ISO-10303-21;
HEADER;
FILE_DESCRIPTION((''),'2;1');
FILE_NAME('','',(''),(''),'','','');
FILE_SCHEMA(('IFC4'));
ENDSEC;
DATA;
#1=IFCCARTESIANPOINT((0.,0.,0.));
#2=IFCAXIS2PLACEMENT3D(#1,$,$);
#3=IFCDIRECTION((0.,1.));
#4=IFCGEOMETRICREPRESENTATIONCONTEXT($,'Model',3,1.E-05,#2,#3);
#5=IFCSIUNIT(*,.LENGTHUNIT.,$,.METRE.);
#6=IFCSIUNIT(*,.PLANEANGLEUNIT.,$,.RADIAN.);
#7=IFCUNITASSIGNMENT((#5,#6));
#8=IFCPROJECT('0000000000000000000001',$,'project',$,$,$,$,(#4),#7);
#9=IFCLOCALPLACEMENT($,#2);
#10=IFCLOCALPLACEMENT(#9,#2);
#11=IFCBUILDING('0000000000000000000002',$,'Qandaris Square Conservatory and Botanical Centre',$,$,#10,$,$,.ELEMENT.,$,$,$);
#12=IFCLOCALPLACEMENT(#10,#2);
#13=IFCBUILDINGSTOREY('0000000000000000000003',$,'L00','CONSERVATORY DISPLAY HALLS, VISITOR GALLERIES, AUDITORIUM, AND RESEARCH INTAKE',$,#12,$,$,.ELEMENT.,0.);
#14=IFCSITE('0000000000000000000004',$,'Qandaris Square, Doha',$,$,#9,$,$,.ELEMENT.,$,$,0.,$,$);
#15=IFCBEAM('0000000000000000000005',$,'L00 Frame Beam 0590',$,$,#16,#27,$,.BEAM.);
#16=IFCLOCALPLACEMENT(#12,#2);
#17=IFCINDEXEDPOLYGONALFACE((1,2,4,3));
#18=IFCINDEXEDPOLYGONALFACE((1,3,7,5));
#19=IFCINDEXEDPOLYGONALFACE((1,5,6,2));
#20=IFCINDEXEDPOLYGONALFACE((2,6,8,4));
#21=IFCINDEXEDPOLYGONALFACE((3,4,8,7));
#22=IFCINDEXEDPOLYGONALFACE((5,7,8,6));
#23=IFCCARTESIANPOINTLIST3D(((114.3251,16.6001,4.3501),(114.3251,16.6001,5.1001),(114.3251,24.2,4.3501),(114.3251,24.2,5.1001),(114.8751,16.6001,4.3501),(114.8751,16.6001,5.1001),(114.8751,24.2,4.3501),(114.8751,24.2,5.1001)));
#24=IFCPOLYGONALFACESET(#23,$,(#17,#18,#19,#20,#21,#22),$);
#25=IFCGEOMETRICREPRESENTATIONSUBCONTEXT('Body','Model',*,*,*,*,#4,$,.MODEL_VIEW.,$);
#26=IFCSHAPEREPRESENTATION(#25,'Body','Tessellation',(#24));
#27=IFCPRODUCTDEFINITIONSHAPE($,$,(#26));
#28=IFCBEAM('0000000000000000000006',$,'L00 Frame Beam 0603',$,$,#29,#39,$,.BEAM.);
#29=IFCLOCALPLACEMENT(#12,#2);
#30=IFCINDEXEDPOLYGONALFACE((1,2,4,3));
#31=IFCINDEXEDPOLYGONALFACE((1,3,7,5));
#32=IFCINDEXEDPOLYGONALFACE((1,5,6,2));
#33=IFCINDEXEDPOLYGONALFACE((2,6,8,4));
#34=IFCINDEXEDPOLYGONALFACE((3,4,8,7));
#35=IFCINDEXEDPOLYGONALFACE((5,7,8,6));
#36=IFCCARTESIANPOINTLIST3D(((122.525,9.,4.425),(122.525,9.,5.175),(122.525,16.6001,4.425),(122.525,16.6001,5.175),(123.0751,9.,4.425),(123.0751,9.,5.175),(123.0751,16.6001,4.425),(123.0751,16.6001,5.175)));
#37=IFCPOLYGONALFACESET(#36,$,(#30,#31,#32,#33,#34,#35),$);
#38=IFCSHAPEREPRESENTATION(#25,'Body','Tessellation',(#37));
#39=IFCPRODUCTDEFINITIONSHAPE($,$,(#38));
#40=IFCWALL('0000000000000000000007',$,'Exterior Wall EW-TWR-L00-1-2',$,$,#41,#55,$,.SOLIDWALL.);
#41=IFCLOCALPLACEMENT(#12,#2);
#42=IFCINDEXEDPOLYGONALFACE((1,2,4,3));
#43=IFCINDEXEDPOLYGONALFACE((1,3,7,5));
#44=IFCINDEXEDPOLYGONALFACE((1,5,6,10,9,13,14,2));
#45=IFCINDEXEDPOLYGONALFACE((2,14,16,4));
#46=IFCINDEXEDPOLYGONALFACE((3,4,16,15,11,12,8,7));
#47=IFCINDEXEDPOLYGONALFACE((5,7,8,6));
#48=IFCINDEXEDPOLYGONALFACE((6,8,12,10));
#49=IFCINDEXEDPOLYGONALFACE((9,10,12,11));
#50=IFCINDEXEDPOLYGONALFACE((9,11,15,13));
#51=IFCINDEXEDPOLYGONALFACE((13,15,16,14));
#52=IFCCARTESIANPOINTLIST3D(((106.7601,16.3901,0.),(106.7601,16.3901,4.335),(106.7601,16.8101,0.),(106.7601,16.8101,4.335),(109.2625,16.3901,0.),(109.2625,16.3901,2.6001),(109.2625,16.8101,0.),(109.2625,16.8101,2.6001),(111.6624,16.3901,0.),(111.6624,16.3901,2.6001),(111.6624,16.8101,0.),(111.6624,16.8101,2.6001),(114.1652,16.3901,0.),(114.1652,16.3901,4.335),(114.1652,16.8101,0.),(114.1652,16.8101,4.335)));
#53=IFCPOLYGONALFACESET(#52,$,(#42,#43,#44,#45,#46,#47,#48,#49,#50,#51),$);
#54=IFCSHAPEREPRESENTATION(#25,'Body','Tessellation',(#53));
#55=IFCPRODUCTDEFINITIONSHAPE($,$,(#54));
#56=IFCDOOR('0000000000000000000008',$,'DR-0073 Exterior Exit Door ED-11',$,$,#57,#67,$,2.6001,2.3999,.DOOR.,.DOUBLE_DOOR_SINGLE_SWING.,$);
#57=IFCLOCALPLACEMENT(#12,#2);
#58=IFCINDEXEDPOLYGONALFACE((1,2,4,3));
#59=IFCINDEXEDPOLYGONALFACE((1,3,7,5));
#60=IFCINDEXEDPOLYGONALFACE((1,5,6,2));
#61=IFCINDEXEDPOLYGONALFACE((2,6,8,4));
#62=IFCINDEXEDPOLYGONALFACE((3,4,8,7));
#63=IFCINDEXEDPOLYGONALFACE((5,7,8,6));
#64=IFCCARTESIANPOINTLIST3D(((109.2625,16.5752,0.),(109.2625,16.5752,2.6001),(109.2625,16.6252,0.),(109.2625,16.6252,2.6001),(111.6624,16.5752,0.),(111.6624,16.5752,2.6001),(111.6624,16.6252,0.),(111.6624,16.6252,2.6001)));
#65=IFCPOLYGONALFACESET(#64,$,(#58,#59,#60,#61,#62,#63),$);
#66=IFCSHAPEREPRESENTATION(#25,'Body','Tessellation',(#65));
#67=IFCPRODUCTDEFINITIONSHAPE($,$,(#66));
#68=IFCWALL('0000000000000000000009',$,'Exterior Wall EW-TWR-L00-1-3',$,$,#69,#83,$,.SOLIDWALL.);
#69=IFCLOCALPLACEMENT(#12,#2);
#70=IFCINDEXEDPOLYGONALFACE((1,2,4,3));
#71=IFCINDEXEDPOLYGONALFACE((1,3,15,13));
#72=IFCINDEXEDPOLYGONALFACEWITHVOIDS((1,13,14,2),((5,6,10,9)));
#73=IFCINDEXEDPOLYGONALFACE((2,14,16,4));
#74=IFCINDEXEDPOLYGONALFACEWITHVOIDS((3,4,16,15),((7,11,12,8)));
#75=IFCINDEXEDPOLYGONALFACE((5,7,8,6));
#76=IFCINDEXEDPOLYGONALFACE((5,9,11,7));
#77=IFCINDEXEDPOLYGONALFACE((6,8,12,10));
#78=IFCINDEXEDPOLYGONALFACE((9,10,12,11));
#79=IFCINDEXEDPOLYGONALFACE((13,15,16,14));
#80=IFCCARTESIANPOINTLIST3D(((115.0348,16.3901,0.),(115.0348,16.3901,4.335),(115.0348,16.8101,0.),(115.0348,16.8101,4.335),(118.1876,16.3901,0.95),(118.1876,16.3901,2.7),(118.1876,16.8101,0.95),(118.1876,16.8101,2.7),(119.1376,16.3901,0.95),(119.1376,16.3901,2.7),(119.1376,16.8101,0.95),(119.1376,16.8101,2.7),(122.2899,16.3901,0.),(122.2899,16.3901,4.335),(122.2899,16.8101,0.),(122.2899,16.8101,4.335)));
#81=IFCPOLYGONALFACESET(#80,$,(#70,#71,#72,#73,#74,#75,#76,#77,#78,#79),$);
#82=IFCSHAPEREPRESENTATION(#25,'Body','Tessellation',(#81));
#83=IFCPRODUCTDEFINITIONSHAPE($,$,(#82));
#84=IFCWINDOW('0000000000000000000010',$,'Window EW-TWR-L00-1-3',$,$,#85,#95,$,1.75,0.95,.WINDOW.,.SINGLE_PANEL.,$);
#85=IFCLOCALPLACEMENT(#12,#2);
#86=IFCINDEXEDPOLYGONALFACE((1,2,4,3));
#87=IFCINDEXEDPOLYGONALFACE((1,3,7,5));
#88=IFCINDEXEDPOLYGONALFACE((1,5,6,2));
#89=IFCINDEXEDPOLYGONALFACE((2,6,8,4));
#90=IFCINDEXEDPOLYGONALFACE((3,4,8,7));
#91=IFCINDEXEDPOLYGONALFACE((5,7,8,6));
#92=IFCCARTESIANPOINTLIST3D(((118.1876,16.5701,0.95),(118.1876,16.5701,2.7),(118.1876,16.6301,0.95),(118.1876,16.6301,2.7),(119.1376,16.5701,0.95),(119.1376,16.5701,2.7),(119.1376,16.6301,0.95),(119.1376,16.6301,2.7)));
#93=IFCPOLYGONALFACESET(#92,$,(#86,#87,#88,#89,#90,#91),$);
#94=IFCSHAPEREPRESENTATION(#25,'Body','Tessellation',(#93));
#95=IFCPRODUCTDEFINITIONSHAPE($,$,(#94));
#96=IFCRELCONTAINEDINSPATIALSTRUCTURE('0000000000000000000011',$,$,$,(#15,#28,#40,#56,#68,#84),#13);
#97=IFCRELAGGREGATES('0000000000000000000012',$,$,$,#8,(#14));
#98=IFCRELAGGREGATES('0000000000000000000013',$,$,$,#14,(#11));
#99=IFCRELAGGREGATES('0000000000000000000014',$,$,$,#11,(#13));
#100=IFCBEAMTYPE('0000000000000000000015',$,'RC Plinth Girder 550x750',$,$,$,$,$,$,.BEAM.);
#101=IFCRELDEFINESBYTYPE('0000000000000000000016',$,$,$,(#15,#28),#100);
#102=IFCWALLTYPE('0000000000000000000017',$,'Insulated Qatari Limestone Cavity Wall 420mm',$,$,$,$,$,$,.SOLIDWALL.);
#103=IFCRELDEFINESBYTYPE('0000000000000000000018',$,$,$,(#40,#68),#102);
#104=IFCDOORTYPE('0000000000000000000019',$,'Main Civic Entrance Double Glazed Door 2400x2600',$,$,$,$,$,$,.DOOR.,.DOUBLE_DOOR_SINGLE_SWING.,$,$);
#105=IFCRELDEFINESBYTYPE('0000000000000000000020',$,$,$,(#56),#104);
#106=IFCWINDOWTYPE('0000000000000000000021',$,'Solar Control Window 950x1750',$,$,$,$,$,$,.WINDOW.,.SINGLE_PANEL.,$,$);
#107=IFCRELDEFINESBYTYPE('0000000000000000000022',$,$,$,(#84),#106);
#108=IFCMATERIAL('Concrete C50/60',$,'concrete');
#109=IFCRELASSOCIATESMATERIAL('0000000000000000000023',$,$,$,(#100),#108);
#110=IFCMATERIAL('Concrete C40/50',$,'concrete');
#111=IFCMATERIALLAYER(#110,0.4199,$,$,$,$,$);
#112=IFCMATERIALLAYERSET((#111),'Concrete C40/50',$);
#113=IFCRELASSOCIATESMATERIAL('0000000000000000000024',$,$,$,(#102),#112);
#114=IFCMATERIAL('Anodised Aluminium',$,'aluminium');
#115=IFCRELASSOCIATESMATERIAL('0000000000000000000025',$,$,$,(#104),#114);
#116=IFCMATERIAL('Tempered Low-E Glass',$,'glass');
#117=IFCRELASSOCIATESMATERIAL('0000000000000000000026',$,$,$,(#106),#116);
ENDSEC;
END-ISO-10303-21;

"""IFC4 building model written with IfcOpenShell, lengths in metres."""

from ifc_helpers import new_model, si_unit, direction, frame, frame_2d, origin, origin_2d, place, context, subcontext, project, spatial, rectangle, extrude, material, layer, layer_set, material_profile, profile_set, type_object, element, fill, save


model = new_model("IFC4")

# Units and contexts
model_context = context("Model", 3, precision=1e-05, world=origin(), true_north=direction((0.0, 1.0)))
body_context = subcontext(model_context, "Body", "Model", "MODEL_VIEW")
ifc_project = project(units=[si_unit("LENGTHUNIT", "METRE"), si_unit("PLANEANGLEUNIT", "RADIAN")], contexts=[model_context])

# Site, building, storey
site_placement = place(None, origin())
site = spatial("IfcSite", under=ifc_project, at=site_placement, Name="Qandaris Square, Doha", CompositionType="ELEMENT", RefElevation=0.0)
building_placement = place(site_placement, origin())
building = spatial("IfcBuilding", under=site, at=building_placement, Name="Qandaris Square Conservatory and Botanical Centre", CompositionType="ELEMENT")
storey_placement = place(building_placement, origin())
storey = spatial("IfcBuildingStorey", under=building, at=storey_placement, Name="L00", Description="CONSERVATORY DISPLAY HALLS, VISITOR GALLERIES, AUDITORIUM, AND RESEARCH INTAKE", CompositionType="ELEMENT", Elevation=0.0)

# Shared definitions
ifc_material_1 = material(Name="Concrete C40/50", Category="concrete")

# Shared definitions
ifc_material_2 = material(Name="Concrete C50/60", Category="concrete")

# Beams
ifc_material_profile_1 = material_profile(ifc_material_2, rectangle(XDim=0.55, YDim=0.75, at=origin_2d()), Name="RC-BM 550x750")
ifc_profile_set_1 = profile_set([ifc_material_profile_1], Name="Concrete C50/60")
beam_type_1 = type_object("IfcBeamType", Name="RC Plinth Girder 550x750", PredefinedType="BEAM", material=ifc_profile_set_1)
beam_1_placement = place(storey_placement, frame((114.6001, 16.6001, 4.7251), z_axis=(0.0, 1.0, 0.0), x_axis=(-1.0, 0.0, 0.0)))
element("IfcBeam", 1, at=beam_1_placement, inside=storey, type_object=beam_type_1, Name="L00 Frame Beam 0590", PredefinedType="BEAM", context=body_context, shape_type="SweptSolid", body=[
    extrude(rectangle(XDim=0.55, YDim=0.75, at=origin_2d()), origin(), (0.0, 0.0, 1.0), 7.5999),
])
beam_2_placement = place(storey_placement, frame((122.8, 9.0, 4.8), z_axis=(0.0, 1.0, 0.0), x_axis=(-1.0, 0.0, 0.0)))
element("IfcBeam", 2, at=beam_2_placement, inside=storey, type_object=beam_type_1, Name="L00 Frame Beam 0603", PredefinedType="BEAM", context=body_context, shape_type="SweptSolid", body=[
    extrude(rectangle(XDim=0.55, YDim=0.75, at=origin_2d()), origin(), (0.0, 0.0, 1.0), 7.6001),
])

# Wall, opening, door
ifc_layer = layer(ifc_material_1, 0.4199)
ifc_layer_set = layer_set([ifc_layer], Name="Concrete C40/50")
wall_type = type_object("IfcWallType", Name="Insulated Qatari Limestone Cavity Wall 420mm", PredefinedType="SOLIDWALL", material=ifc_layer_set)
wall_1_placement = place(storey_placement, frame((106.76, 16.6001, 0.0), z_axis=(0.0, 0.0, 1.0), x_axis=(1.0, 0.0, 0.0)))
wall_1 = element("IfcWall", 3, at=wall_1_placement, inside=storey, type_object=wall_type, Name="Exterior Wall EW-TWR-L00-1-2", PredefinedType="SOLIDWALL", context=body_context, shape_type="SweptSolid", body=[
    extrude(rectangle(XDim=7.405, YDim=0.4199, at=frame_2d((3.7026, 0.0))), origin(), (0.0, 0.0, 1.0), 4.335),
])
opening_1_placement = place(wall_1_placement, frame((2.5024, 0.0, 0.0)))
opening_1 = element("IfcOpeningElement", 4, at=opening_1_placement, cuts=wall_1, PredefinedType="OPENING", context=body_context, shape_type="SweptSolid", body=[
    extrude(rectangle(XDim=2.3999, YDim=2.6001, at=frame_2d((1.2, 1.3))), frame((0.0, 0.2219, 0.0), z_axis=(0.0, -1.0, 0.0), x_axis=(1.0, 0.0, 0.0)), (0.0, 0.0, 1.0), 0.4438),
])
ifc_material_3 = material(Name="Anodised Aluminium", Category="aluminium")
door_type = type_object("IfcDoorType", Name="Main Civic Entrance Double Glazed Door 2400x2600", OperationType="DOUBLE_DOOR_SINGLE_SWING", PredefinedType="DOOR", material=ifc_material_3)
door_placement = place(opening_1_placement, frame((2.3999, 0.0, 0.0), z_axis=(0.0, 0.0, 1.0), x_axis=(-1.0, 0.0, 0.0)))
door = element("IfcDoor", 5, at=door_placement, inside=storey, type_object=door_type, Name="DR-0073 Exterior Exit Door ED-11", OperationType="DOUBLE_DOOR_SINGLE_SWING", OverallHeight=2.6001, OverallWidth=2.3999, PredefinedType="DOOR", context=body_context, shape_type="SweptSolid", body=[
    extrude(rectangle(XDim=2.3999, YDim=2.6001, at=frame_2d((1.2, 1.3))), frame((0.0, 0.0249, 0.0), z_axis=(0.0, -1.0, 0.0), x_axis=(1.0, 0.0, 0.0)), (0.0, 0.0, 1.0), 0.05),
])
fill(opening_1, door)

# Wall, opening, window
wall_2_placement = place(storey_placement, frame((115.0349, 16.6001, 0.0), z_axis=(0.0, 0.0, 1.0), x_axis=(1.0, 0.0, 0.0)))
wall_2 = element("IfcWall", 6, at=wall_2_placement, inside=storey, type_object=wall_type, Name="Exterior Wall EW-TWR-L00-1-3", PredefinedType="SOLIDWALL", context=body_context, shape_type="SweptSolid", body=[
    extrude(rectangle(XDim=7.2551, YDim=0.4199, at=frame_2d((3.6274, 0.0))), origin(), (0.0, 0.0, 1.0), 4.335),
])
opening_2_placement = place(wall_2_placement, frame((3.1526, 0.0, 0.95)))
opening_2 = element("IfcOpeningElement", 7, at=opening_2_placement, cuts=wall_2, PredefinedType="OPENING", context=body_context, shape_type="SweptSolid", body=[
    extrude(rectangle(XDim=0.95, YDim=1.75, at=frame_2d((0.4751, 0.875))), frame((0.0, 0.2219, 0.0), z_axis=(0.0, -1.0, 0.0), x_axis=(1.0, 0.0, 0.0)), (0.0, 0.0, 1.0), 0.4438),
])
ifc_material_4 = material(Name="Tempered Low-E Glass", Category="glass")
window_type = type_object("IfcWindowType", Name="Solar Control Window 950x1750", PartitioningType="SINGLE_PANEL", PredefinedType="WINDOW", material=ifc_material_4)
window_placement = place(opening_2_placement, origin())
window = element("IfcWindow", 8, at=window_placement, inside=storey, type_object=window_type, Name="Window EW-TWR-L00-1-3", OverallHeight=1.75, OverallWidth=0.95, PartitioningType="SINGLE_PANEL", PredefinedType="WINDOW", context=body_context, shape_type="SweptSolid", body=[
    extrude(rectangle(XDim=0.95, YDim=1.75, at=frame_2d((0.4751, 0.875))), frame((0.0, 0.03, 0.0), z_axis=(0.0, -1.0, 0.0), x_axis=(1.0, 0.0, 0.0)), (0.0, 0.0, 1.0), 0.0601),
])
fill(opening_2, window)

save(model, "model.ifc")
